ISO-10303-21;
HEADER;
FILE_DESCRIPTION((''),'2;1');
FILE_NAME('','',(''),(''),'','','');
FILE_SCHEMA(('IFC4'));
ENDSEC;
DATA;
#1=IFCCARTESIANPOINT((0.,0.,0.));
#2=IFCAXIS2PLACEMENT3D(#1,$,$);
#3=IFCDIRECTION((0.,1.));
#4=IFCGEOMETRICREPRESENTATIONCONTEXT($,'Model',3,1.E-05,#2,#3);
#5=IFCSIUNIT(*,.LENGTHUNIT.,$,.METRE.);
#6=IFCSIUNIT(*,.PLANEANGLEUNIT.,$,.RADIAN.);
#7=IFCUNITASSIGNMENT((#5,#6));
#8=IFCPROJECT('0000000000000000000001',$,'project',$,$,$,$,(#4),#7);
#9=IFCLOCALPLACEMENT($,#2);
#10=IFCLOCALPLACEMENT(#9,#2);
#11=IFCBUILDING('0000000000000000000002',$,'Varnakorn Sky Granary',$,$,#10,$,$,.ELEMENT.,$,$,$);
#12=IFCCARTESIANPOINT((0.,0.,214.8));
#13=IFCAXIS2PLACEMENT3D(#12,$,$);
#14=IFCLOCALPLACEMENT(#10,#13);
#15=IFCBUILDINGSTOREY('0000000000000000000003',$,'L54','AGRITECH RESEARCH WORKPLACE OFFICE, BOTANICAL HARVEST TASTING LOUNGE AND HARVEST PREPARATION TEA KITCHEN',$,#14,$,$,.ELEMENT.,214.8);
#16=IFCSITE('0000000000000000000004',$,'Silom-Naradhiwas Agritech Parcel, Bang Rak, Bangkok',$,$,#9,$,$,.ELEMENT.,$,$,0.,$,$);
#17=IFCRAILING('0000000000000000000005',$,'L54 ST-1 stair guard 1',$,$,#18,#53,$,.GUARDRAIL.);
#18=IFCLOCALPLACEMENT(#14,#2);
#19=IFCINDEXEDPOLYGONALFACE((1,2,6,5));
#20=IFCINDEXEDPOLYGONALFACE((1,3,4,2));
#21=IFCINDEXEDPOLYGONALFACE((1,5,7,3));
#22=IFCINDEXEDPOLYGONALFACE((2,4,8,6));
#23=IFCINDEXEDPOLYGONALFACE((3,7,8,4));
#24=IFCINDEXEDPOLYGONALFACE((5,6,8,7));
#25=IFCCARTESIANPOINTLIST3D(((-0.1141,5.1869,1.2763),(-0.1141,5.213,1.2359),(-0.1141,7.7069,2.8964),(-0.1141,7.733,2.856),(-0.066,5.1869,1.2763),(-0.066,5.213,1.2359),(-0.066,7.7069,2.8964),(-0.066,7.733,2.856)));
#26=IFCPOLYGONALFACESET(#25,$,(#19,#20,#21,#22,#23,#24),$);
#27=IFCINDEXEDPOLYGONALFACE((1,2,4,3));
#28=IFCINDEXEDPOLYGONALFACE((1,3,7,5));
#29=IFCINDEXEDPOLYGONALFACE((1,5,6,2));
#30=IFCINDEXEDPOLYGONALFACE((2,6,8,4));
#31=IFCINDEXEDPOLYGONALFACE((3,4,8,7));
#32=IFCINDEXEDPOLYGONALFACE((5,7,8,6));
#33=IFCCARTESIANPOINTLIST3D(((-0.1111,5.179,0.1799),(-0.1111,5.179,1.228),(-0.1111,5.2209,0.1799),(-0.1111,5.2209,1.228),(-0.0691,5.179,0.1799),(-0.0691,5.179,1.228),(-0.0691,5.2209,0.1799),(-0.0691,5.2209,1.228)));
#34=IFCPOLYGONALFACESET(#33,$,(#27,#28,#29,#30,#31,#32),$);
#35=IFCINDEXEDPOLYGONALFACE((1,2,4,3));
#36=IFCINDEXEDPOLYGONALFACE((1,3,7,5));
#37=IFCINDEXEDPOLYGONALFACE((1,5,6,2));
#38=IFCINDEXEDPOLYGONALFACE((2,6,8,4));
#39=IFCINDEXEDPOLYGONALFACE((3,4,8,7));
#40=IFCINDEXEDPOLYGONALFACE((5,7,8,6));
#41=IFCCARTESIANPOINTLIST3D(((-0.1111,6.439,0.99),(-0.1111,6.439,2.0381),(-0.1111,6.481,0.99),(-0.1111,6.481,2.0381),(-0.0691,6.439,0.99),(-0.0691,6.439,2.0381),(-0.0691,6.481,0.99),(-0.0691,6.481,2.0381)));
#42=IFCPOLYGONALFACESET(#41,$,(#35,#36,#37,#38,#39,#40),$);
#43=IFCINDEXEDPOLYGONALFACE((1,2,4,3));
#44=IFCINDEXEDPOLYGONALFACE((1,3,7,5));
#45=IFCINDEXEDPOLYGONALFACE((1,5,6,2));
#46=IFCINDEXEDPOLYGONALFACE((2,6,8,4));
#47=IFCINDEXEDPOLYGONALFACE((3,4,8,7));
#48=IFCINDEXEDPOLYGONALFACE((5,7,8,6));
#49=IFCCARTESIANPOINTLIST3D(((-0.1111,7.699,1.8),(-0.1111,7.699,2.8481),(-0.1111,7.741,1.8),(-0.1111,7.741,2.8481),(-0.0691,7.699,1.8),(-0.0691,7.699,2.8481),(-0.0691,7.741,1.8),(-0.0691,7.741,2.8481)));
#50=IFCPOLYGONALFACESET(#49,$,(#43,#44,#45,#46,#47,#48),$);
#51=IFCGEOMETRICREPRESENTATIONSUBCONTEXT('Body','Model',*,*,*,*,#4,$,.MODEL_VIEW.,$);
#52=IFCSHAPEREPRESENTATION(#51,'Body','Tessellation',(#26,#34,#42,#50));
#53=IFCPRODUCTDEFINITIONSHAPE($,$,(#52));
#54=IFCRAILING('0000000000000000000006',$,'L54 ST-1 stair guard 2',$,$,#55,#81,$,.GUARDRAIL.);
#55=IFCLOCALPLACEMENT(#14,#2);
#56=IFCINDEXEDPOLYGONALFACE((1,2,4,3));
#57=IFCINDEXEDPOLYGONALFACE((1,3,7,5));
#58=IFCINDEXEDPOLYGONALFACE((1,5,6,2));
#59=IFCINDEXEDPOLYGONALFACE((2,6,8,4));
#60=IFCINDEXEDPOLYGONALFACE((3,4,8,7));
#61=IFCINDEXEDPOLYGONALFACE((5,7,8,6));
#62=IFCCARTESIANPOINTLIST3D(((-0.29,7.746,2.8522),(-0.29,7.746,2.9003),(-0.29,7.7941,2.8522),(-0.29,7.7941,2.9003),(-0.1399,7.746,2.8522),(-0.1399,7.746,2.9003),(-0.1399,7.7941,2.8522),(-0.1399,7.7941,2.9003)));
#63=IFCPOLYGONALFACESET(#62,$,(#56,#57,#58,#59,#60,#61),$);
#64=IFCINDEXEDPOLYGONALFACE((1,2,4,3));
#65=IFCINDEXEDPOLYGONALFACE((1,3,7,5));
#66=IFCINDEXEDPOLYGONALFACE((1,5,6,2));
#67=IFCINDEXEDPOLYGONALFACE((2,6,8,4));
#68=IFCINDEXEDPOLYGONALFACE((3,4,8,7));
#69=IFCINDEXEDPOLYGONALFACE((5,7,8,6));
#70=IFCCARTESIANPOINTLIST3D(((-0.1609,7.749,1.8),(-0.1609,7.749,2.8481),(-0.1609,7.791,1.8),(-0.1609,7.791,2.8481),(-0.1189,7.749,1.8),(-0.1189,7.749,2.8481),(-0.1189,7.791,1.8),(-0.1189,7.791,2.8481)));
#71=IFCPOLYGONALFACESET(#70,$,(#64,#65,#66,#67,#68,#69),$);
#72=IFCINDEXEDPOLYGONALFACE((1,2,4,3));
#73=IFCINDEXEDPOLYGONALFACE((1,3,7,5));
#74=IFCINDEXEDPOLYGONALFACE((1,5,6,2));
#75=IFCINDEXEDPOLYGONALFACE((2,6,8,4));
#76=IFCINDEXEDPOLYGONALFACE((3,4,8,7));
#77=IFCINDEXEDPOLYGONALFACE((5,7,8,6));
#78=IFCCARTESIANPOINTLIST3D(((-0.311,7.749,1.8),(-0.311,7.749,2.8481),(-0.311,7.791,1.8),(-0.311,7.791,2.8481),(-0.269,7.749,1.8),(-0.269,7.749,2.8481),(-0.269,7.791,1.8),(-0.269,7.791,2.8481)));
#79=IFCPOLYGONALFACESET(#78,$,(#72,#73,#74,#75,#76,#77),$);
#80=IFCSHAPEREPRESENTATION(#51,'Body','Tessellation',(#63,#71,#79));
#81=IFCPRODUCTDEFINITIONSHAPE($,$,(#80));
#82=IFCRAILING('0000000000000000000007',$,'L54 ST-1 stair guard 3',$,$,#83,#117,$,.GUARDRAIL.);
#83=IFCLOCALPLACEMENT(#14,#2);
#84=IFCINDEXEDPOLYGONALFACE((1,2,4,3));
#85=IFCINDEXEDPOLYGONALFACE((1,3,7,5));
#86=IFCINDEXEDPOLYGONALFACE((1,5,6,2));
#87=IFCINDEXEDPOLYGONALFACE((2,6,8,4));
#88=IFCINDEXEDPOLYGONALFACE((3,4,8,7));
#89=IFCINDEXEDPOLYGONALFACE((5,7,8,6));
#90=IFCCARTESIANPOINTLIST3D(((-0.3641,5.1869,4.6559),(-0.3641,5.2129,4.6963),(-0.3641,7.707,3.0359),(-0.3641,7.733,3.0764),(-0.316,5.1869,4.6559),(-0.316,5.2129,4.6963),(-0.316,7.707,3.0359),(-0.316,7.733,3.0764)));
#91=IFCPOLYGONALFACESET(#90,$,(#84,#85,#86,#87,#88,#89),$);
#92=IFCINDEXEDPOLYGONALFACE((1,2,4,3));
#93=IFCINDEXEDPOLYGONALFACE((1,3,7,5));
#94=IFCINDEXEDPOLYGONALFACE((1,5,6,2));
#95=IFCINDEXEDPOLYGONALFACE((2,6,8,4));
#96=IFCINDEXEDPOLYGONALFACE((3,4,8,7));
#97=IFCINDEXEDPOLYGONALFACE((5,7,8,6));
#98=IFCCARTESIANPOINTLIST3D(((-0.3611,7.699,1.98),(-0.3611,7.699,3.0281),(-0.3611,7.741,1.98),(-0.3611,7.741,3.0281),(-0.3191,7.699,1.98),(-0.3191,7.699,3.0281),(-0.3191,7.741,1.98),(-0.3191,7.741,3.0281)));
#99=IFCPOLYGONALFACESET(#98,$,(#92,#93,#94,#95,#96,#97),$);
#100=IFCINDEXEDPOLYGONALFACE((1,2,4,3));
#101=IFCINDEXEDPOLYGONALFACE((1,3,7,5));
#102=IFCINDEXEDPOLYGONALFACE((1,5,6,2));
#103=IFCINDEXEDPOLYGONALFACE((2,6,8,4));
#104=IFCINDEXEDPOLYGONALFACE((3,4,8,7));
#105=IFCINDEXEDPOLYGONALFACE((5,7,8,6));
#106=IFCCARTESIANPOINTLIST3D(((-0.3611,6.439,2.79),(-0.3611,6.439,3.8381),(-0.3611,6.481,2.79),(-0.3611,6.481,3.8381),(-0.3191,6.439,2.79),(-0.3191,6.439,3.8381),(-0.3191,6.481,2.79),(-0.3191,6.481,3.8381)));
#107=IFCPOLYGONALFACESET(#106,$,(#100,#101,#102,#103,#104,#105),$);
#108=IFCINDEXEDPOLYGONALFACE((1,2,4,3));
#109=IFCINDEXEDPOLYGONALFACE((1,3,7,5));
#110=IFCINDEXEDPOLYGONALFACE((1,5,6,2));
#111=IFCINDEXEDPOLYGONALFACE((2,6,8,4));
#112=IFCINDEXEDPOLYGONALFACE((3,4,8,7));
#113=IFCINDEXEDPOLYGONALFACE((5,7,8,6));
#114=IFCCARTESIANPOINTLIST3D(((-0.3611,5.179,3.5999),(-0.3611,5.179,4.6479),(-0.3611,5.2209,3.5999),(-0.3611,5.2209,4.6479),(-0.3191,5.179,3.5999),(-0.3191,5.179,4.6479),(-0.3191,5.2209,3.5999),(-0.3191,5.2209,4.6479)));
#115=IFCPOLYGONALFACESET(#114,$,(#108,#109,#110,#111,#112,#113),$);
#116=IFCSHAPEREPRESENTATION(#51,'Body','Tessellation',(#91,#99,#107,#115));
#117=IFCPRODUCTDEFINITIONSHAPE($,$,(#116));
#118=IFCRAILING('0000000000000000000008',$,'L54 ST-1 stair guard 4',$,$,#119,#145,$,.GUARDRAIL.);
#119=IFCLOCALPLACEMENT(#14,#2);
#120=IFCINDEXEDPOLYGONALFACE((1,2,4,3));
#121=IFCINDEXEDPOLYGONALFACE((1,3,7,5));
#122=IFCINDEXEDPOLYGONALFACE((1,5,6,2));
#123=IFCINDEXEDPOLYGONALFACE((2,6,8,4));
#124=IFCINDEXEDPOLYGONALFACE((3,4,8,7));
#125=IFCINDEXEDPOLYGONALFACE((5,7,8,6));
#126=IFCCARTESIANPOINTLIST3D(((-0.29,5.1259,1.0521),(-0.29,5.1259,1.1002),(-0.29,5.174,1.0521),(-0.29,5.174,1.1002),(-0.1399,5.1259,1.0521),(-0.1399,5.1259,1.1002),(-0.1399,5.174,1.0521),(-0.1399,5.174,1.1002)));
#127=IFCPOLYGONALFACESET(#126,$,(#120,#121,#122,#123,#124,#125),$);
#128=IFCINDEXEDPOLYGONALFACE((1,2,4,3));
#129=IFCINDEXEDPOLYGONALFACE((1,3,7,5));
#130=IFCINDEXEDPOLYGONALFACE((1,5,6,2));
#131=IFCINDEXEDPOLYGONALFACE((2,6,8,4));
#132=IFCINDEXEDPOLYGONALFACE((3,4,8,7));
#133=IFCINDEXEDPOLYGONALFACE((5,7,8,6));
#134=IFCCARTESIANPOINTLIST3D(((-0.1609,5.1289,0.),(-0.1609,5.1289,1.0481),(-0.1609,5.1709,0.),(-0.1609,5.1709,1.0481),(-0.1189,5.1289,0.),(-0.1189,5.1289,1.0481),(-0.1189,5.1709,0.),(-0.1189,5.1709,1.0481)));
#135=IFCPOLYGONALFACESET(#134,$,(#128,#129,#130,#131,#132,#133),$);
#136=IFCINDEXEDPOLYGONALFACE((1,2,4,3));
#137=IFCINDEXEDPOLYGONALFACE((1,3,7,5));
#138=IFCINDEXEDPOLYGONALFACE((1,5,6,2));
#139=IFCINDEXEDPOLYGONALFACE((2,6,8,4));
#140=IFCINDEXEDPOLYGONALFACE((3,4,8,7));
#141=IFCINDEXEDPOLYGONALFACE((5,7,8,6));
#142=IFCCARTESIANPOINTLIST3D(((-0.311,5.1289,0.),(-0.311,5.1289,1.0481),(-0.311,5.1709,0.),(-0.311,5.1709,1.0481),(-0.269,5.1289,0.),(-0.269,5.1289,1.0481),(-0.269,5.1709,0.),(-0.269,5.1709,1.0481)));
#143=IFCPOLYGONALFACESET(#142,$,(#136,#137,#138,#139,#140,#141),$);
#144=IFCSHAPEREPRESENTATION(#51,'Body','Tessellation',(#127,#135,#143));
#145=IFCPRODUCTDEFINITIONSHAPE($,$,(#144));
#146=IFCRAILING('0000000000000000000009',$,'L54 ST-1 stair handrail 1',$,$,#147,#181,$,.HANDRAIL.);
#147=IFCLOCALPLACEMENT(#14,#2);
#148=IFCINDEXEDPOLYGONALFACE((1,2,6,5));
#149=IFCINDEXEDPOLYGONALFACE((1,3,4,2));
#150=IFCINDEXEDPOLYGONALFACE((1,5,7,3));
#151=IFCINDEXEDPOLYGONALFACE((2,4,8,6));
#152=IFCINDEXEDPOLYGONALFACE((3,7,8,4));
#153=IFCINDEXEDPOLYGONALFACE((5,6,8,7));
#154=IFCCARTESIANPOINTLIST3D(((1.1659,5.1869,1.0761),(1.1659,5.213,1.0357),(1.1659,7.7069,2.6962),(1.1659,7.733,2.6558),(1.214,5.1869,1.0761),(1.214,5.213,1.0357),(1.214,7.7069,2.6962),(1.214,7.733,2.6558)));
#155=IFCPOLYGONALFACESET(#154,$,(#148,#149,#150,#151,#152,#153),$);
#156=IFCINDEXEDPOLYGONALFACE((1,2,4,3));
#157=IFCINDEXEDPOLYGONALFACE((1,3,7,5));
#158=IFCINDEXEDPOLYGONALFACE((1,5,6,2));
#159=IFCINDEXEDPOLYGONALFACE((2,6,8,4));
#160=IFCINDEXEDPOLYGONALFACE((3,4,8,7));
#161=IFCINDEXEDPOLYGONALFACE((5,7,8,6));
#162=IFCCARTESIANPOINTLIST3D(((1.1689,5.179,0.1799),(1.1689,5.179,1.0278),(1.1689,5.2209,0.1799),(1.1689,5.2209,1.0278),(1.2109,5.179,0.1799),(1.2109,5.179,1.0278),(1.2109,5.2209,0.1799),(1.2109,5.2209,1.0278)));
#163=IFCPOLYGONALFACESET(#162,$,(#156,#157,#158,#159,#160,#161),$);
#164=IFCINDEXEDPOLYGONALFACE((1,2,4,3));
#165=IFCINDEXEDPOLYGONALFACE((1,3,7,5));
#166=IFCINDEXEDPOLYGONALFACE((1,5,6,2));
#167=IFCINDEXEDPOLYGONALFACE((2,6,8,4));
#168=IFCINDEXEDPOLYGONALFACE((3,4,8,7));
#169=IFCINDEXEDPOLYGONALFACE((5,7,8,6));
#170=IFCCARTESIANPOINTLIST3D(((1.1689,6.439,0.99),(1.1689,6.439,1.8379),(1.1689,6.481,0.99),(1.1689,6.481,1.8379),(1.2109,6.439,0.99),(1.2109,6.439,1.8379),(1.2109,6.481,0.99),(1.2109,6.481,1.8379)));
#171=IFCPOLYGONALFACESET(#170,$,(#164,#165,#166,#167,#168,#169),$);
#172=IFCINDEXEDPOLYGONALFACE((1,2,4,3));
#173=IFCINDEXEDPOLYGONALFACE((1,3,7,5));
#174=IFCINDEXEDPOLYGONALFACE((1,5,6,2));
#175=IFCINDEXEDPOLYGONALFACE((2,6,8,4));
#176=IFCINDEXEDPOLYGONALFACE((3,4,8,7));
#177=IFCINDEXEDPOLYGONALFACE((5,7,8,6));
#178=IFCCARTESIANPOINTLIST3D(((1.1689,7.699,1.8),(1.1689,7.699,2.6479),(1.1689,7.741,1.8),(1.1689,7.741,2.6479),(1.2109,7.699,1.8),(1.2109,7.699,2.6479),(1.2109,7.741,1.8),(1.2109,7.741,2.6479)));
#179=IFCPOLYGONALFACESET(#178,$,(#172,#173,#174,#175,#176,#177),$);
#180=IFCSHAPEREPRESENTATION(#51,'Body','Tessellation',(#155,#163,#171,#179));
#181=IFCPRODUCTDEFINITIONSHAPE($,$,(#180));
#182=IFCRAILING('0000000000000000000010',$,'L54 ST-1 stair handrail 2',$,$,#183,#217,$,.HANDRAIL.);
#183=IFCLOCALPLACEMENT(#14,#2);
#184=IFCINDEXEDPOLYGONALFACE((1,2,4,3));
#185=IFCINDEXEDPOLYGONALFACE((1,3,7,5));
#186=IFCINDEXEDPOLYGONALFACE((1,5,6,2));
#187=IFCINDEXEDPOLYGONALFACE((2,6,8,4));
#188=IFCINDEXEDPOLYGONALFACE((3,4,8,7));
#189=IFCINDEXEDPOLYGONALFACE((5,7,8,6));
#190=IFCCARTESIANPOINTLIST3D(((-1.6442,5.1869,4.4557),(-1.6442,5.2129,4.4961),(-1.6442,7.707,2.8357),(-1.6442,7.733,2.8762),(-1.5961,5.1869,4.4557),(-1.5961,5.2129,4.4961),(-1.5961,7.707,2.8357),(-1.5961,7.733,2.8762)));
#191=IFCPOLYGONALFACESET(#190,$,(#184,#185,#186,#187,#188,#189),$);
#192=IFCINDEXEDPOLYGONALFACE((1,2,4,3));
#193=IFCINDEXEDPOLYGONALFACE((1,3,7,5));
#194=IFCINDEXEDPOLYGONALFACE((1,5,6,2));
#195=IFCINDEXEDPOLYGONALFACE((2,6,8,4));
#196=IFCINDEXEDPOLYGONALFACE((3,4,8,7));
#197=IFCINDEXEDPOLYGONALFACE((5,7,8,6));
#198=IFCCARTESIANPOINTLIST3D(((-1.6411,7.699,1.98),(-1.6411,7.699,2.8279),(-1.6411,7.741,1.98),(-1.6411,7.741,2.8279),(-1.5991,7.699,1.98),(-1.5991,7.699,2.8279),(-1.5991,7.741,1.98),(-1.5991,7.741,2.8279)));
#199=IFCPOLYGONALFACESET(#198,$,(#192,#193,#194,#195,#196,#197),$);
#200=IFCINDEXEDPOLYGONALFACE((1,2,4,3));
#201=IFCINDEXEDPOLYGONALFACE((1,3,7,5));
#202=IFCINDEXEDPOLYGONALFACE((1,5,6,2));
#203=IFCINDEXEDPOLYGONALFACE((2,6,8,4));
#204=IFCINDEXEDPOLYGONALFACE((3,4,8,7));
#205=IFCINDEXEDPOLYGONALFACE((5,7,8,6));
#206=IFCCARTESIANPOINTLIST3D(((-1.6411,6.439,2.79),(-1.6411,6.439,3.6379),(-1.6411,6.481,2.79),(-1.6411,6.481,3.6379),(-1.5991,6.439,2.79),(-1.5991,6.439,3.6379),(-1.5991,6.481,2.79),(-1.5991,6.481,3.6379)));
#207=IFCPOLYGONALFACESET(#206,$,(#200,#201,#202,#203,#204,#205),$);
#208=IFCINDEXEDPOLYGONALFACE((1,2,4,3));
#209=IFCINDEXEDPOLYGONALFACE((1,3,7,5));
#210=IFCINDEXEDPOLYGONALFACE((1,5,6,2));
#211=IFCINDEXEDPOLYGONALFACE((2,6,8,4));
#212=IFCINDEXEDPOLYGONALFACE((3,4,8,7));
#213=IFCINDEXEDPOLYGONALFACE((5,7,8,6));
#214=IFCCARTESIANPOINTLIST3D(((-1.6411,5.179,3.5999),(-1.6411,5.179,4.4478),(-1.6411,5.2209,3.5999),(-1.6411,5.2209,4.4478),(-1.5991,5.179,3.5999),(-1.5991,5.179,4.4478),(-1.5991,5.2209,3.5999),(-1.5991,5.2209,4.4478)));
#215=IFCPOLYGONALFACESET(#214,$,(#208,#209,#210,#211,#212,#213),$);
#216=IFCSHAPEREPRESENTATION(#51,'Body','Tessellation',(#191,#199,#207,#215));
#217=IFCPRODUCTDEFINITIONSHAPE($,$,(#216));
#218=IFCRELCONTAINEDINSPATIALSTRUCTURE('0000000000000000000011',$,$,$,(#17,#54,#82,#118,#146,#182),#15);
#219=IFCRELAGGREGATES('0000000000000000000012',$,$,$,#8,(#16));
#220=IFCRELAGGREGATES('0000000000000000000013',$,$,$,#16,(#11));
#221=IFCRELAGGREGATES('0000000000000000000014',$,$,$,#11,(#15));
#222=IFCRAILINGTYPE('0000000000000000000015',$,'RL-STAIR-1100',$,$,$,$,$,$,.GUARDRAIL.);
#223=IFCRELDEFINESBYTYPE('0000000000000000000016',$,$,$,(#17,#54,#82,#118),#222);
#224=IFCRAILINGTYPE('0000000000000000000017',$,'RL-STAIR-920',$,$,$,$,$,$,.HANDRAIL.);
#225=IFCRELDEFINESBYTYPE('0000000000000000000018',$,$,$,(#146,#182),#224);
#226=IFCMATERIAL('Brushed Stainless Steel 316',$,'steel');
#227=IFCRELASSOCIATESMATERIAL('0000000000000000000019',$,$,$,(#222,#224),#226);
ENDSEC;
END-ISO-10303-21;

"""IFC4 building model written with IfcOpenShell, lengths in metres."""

from ifc_helpers import new_model, si_unit, direction, frame, origin, origin_2d, place, context, subcontext, project, spatial, rectangle, extrude, material, type_object, element, save


model = new_model("IFC4")

# Units and contexts
model_context = context("Model", 3, precision=1e-05, world=origin(), true_north=direction((0.0, 1.0)))
body_context = subcontext(model_context, "Body", "Model", "MODEL_VIEW")
ifc_project = project(units=[si_unit("LENGTHUNIT", "METRE"), si_unit("PLANEANGLEUNIT", "RADIAN")], contexts=[model_context])

# Site, building, storey
site_placement = place(None, origin())
site = spatial("IfcSite", under=ifc_project, at=site_placement, Name="Silom-Naradhiwas Agritech Parcel, Bang Rak, Bangkok", CompositionType="ELEMENT", RefElevation=0.0)
building_placement = place(site_placement, origin())
building = spatial("IfcBuilding", under=site, at=building_placement, Name="Varnakorn Sky Granary", CompositionType="ELEMENT")
storey_placement = place(building_placement, frame((0.0, 0.0, 214.8)))
storey = spatial("IfcBuildingStorey", under=building, at=storey_placement, Name="L54", Description="AGRITECH RESEARCH WORKPLACE OFFICE, BOTANICAL HARVEST TASTING LOUNGE AND HARVEST PREPARATION TEA KITCHEN", CompositionType="ELEMENT", Elevation=214.8)

# Railings
ifc_material_1 = material(Name="Brushed Stainless Steel 316", Category="steel")
railing_type_1 = type_object("IfcRailingType", Name="RL-STAIR-1100", PredefinedType="GUARDRAIL", material=ifc_material_1)
railing_1_placement = place(storey_placement, frame((-0.0901, 5.2, 0.1799)))
element("IfcRailing", 1, at=railing_1_placement, inside=storey, type_object=railing_type_1, Name="L54 ST-1 stair guard 1", PredefinedType="GUARDRAIL", context=body_context, shape_type="SweptSolid", body=[
    extrude(rectangle(XDim=0.0481, YDim=0.0481, at=origin_2d()), frame((0.0, 0.0, 1.0762), z_axis=(0.0, 0.841163, 0.540782), x_axis=(-1.0, 0.0, 0.0)), (0.0, 0.0, 1.0), 2.9958),
    extrude(rectangle(XDim=0.042, YDim=0.042, at=origin_2d()), origin(), (0.0, 0.0, 1.0), 1.0481),
    extrude(rectangle(XDim=0.042, YDim=0.042, at=origin_2d()), frame((0.0, 1.26, 0.8101)), (0.0, 0.0, 1.0), 1.0481),
    extrude(rectangle(XDim=0.042, YDim=0.042, at=origin_2d()), frame((0.0, 2.52, 1.6201)), (0.0, 0.0, 1.0), 1.0481),
])
railing_2_placement = place(storey_placement, frame((-0.1399, 7.77, 1.8)))
element("IfcRailing", 2, at=railing_2_placement, inside=storey, type_object=railing_type_1, Name="L54 ST-1 stair guard 2", PredefinedType="GUARDRAIL", context=body_context, shape_type="SweptSolid", body=[
    extrude(rectangle(XDim=0.0481, YDim=0.0481, at=origin_2d()), frame((0.0, 0.0, 1.0762), z_axis=(-1.0, 0.0, 0.0), x_axis=(0.0, -1.0, 0.0)), (0.0, 0.0, 1.0), 0.1501),
    extrude(rectangle(XDim=0.042, YDim=0.042, at=origin_2d()), origin(), (0.0, 0.0, 1.0), 1.0481),
    extrude(rectangle(XDim=0.042, YDim=0.042, at=origin_2d()), frame((-0.1501, 0.0, 0.0)), (0.0, 0.0, 1.0), 1.0481),
])
railing_3_placement = place(storey_placement, frame((-0.3401, 7.72, 1.98)))
element("IfcRailing", 3, at=railing_3_placement, inside=storey, type_object=railing_type_1, Name="L54 ST-1 stair guard 3", PredefinedType="GUARDRAIL", context=body_context, shape_type="SweptSolid", body=[
    extrude(rectangle(XDim=0.0481, YDim=0.0481, at=origin_2d()), frame((0.0, 0.0, 1.0762), z_axis=(0.0, -0.8412, 0.540725), x_axis=(1.0, 0.0, 0.0)), (0.0, 0.0, 1.0), 2.9958),
    extrude(rectangle(XDim=0.042, YDim=0.042, at=origin_2d()), origin(), (0.0, 0.0, 1.0), 1.0481),
    extrude(rectangle(XDim=0.042, YDim=0.042, at=origin_2d()), frame((0.0, -1.26, 0.8101)), (0.0, 0.0, 1.0), 1.0481),
    extrude(rectangle(XDim=0.042, YDim=0.042, at=origin_2d()), frame((0.0, -2.52, 1.6199)), (0.0, 0.0, 1.0), 1.0481),
])
railing_4_placement = place(storey_placement, frame((-0.1399, 5.1499, 0.0)))
element("IfcRailing", 4, at=railing_4_placement, inside=storey, type_object=railing_type_1, Name="L54 ST-1 stair guard 4", PredefinedType="GUARDRAIL", context=body_context, shape_type="SweptSolid", body=[
    extrude(rectangle(XDim=0.0481, YDim=0.0481, at=origin_2d()), frame((0.0, 0.0, 1.0762), z_axis=(-1.0, 0.0, 0.0), x_axis=(0.0, -1.0, 0.0)), (0.0, 0.0, 1.0), 0.1501),
    extrude(rectangle(XDim=0.042, YDim=0.042, at=origin_2d()), origin(), (0.0, 0.0, 1.0), 1.0481),
    extrude(rectangle(XDim=0.042, YDim=0.042, at=origin_2d()), frame((-0.1501, 0.0, 0.0)), (0.0, 0.0, 1.0), 1.0481),
])
railing_type_2 = type_object("IfcRailingType", Name="RL-STAIR-920", PredefinedType="HANDRAIL", material=ifc_material_1)
railing_5_placement = place(storey_placement, frame((1.1899, 5.2, 0.1799)))
element("IfcRailing", 5, at=railing_5_placement, inside=storey, type_object=railing_type_2, Name="L54 ST-1 stair handrail 1", PredefinedType="HANDRAIL", context=body_context, shape_type="SweptSolid", body=[
    extrude(rectangle(XDim=0.0481, YDim=0.0481, at=origin_2d()), frame((0.0, 0.0, 0.876), z_axis=(0.0, 0.841163, 0.540782), x_axis=(-1.0, 0.0, 0.0)), (0.0, 0.0, 1.0), 2.9958),
    extrude(rectangle(XDim=0.042, YDim=0.042, at=origin_2d()), origin(), (0.0, 0.0, 1.0), 0.8479),
    extrude(rectangle(XDim=0.042, YDim=0.042, at=origin_2d()), frame((0.0, 1.26, 0.8101)), (0.0, 0.0, 1.0), 0.8479),
    extrude(rectangle(XDim=0.042, YDim=0.042, at=origin_2d()), frame((0.0, 2.52, 1.6201)), (0.0, 0.0, 1.0), 0.8479),
])
railing_6_placement = place(storey_placement, frame((-1.6201, 7.72, 1.98)))
element("IfcRailing", 6, at=railing_6_placement, inside=storey, type_object=railing_type_2, Name="L54 ST-1 stair handrail 2", PredefinedType="HANDRAIL", context=body_context, shape_type="SweptSolid", body=[
    extrude(rectangle(XDim=0.0481, YDim=0.0481, at=origin_2d()), frame((0.0, 0.0, 0.876), z_axis=(0.0, -0.8412, 0.540725), x_axis=(1.0, 0.0, 0.0)), (0.0, 0.0, 1.0), 2.9958),
    extrude(rectangle(XDim=0.042, YDim=0.042, at=origin_2d()), origin(), (0.0, 0.0, 1.0), 0.8479),
    extrude(rectangle(XDim=0.042, YDim=0.042, at=origin_2d()), frame((0.0, -1.26, 0.8101)), (0.0, 0.0, 1.0), 0.8479),
    extrude(rectangle(XDim=0.042, YDim=0.042, at=origin_2d()), frame((0.0, -2.52, 1.6199)), (0.0, 0.0, 1.0), 0.8479),
])

save(model, "model.ifc")
